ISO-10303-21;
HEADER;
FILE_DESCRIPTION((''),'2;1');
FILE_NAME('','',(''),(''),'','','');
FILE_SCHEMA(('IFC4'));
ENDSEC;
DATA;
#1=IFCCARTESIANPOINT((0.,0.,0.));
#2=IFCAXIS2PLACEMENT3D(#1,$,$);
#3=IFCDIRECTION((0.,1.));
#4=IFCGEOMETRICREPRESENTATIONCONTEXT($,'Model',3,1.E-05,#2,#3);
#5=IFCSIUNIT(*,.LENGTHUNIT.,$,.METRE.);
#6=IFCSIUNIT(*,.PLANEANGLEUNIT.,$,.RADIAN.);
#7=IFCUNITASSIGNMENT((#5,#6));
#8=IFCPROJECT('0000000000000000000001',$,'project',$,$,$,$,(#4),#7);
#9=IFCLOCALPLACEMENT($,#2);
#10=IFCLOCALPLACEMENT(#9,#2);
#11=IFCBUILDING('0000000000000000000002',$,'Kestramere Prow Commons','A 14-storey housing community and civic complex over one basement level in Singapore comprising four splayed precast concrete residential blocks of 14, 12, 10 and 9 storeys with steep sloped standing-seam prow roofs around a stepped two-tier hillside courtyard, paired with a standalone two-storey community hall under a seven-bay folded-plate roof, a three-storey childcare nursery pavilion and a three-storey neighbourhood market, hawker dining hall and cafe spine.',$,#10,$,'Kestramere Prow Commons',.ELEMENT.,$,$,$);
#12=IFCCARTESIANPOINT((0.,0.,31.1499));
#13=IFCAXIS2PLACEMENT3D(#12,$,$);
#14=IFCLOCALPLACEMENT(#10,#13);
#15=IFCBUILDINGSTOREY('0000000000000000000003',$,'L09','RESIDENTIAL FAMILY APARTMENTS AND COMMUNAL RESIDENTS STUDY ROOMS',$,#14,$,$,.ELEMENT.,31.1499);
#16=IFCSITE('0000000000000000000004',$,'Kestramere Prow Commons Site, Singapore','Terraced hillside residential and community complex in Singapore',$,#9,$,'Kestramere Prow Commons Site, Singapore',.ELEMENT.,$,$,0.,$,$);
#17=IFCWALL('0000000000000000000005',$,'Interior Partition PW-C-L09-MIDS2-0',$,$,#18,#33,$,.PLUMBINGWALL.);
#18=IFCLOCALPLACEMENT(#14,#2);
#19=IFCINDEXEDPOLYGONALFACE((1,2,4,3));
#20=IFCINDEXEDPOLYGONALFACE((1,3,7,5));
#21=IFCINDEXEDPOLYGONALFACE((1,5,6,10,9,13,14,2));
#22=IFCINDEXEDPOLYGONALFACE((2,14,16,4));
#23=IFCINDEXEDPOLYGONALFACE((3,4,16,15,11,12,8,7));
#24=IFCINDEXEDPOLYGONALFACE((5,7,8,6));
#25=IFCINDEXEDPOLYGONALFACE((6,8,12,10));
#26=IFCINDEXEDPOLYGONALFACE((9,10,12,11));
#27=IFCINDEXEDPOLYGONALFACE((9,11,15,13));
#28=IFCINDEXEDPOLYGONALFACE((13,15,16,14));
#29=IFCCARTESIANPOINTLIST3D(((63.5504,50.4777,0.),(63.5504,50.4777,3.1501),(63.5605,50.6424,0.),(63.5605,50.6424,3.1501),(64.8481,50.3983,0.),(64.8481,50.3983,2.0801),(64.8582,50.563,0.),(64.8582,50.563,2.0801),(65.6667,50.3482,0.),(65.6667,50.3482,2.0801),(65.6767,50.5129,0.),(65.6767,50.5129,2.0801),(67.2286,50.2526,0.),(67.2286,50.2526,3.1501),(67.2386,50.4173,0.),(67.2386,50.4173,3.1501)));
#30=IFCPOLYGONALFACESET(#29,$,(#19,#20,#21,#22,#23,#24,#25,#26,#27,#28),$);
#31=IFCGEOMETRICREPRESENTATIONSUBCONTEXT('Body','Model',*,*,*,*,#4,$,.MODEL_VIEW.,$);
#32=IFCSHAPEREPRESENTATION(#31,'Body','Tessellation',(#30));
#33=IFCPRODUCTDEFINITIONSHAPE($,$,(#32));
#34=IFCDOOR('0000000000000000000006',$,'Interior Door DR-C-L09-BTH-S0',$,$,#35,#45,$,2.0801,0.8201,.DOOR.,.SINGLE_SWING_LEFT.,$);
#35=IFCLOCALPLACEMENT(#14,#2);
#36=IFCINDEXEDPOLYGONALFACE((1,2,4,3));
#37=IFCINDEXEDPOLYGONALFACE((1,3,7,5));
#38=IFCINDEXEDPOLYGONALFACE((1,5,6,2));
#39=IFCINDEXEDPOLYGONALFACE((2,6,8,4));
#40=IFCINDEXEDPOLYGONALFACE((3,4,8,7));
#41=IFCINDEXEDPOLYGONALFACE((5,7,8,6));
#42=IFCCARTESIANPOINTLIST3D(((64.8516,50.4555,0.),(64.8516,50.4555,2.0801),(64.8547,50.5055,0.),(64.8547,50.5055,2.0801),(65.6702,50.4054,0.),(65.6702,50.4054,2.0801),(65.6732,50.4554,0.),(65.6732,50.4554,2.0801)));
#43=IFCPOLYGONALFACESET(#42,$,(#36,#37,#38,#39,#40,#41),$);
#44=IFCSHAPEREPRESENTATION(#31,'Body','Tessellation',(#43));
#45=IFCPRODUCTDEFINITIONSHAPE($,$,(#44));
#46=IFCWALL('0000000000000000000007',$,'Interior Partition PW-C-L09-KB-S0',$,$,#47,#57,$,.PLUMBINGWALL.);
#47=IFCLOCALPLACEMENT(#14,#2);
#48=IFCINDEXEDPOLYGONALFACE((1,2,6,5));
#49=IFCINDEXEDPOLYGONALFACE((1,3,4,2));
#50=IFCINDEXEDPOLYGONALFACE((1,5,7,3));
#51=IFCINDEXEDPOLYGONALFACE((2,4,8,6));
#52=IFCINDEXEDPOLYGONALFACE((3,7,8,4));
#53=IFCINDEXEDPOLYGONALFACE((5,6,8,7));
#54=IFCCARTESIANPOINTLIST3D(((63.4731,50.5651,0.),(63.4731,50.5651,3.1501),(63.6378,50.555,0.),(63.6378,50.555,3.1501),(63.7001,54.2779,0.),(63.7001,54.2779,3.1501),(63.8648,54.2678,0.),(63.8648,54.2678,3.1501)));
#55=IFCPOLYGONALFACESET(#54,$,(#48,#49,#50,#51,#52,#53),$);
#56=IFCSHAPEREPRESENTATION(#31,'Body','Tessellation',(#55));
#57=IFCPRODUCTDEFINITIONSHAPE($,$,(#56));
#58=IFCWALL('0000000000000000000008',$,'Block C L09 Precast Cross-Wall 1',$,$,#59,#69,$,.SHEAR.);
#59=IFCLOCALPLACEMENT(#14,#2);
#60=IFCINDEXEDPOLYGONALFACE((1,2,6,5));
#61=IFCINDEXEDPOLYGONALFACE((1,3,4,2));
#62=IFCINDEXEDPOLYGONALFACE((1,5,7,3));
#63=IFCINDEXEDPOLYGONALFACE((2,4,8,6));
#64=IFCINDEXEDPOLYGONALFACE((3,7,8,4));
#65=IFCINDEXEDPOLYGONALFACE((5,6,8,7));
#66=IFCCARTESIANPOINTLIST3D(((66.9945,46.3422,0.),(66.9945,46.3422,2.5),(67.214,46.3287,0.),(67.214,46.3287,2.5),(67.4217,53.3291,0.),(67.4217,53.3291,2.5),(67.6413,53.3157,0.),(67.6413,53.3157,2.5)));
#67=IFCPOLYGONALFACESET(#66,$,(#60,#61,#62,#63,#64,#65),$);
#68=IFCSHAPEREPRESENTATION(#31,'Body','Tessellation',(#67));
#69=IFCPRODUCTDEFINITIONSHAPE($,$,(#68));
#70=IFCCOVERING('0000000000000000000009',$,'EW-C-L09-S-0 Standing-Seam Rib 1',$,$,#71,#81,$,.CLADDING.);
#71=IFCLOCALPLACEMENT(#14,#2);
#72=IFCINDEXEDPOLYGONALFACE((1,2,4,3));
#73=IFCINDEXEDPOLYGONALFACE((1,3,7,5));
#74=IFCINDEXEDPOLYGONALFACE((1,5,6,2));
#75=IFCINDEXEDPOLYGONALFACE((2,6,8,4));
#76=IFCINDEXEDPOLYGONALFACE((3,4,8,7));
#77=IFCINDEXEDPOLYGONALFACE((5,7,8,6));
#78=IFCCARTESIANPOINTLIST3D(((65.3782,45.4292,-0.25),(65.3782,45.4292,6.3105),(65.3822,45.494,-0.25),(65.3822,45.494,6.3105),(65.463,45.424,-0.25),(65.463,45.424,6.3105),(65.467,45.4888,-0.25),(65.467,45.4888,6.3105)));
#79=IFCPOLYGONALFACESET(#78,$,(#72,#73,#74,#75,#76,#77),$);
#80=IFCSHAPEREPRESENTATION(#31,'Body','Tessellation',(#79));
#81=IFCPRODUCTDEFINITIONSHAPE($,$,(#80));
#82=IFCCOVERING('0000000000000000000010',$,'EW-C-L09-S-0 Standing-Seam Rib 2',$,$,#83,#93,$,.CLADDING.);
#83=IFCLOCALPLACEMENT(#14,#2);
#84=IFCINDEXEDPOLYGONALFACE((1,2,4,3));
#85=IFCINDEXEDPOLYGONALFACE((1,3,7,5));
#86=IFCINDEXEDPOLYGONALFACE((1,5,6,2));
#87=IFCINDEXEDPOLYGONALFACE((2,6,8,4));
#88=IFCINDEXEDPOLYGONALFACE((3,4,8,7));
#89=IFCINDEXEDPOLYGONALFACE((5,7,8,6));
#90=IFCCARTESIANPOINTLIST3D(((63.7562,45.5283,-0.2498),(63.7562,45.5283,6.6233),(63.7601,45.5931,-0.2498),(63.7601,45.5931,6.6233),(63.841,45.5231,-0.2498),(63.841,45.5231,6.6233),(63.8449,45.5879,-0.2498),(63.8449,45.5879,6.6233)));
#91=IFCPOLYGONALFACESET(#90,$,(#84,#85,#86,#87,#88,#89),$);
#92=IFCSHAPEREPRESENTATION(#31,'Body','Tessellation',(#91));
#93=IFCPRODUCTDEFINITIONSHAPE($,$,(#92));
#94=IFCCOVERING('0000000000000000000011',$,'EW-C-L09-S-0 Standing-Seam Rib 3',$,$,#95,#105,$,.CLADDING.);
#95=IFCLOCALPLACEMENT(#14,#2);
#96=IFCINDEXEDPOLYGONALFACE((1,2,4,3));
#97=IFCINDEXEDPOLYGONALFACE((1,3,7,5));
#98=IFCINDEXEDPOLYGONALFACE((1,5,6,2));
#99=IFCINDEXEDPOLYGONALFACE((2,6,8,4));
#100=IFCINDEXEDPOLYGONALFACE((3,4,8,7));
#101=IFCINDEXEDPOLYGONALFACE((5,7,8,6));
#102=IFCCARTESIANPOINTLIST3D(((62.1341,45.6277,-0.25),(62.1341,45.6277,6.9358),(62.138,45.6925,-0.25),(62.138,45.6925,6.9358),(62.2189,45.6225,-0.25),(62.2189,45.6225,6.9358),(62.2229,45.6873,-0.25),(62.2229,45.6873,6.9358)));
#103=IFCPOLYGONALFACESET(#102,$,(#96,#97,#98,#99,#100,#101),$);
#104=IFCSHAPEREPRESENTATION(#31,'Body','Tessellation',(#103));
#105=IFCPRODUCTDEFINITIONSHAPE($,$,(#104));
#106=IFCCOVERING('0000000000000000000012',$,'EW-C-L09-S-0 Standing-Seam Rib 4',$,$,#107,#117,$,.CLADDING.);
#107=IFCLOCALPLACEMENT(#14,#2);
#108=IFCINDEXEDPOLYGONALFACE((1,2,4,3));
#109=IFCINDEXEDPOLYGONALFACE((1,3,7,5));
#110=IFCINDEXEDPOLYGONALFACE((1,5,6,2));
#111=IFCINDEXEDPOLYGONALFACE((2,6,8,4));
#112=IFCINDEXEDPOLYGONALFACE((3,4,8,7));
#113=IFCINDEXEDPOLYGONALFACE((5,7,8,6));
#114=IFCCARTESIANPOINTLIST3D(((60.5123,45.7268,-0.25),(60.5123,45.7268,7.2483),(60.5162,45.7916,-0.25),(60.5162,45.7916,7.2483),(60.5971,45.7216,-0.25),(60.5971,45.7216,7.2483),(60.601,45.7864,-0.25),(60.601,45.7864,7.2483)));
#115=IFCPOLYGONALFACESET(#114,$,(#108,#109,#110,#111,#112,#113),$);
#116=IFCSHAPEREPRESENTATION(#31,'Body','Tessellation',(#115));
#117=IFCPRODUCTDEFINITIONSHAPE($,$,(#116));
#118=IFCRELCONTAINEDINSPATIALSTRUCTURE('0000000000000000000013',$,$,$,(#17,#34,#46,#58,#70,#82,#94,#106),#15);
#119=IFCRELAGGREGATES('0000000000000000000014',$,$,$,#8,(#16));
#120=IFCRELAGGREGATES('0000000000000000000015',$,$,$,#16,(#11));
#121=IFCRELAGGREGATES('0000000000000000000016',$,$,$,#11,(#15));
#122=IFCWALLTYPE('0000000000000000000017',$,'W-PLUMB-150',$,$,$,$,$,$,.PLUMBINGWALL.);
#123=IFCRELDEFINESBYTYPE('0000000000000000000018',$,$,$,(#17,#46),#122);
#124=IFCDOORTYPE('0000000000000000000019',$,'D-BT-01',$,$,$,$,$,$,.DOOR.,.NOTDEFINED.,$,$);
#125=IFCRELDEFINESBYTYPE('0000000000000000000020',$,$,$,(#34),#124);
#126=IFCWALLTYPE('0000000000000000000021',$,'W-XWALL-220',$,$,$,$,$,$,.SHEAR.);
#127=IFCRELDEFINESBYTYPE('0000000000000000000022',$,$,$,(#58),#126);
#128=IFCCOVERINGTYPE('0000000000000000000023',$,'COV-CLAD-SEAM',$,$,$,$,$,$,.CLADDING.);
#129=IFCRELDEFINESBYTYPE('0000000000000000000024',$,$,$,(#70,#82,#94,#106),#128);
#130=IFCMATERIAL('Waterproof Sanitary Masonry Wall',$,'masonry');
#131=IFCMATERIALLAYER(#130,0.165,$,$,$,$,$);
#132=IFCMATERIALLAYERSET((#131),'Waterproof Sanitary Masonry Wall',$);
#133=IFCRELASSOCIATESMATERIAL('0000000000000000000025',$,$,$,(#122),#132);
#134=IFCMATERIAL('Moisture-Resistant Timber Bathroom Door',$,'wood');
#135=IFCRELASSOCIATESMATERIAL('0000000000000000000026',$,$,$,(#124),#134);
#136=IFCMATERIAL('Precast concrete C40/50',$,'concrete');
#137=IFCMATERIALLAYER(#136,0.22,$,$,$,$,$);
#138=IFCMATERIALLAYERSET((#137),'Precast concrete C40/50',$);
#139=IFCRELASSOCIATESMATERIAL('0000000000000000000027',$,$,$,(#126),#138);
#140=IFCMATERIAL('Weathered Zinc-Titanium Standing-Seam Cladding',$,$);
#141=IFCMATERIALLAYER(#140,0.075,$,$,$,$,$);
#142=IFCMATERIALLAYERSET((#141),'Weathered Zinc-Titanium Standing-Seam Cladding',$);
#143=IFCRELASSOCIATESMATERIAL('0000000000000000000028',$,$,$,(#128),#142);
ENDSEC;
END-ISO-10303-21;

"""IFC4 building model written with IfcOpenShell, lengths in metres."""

from ifc_helpers import new_model, si_unit, direction, frame, frame_2d, origin, origin_2d, place, context, subcontext, project, spatial, rectangle, extrude, material, layer, layer_set, type_object, element, fill, save


model = new_model("IFC4")

# Units and contexts
model_context = context("Model", 3, precision=1e-05, world=origin(), true_north=direction((0.0, 1.0)))
body_context = subcontext(model_context, "Body", "Model", "MODEL_VIEW")
ifc_project = project(units=[si_unit("LENGTHUNIT", "METRE"), si_unit("PLANEANGLEUNIT", "RADIAN")], contexts=[model_context])

# Site, building, storey
site_placement = place(None, origin())
site = spatial("IfcSite", under=ifc_project, at=site_placement, Name="Kestramere Prow Commons Site, Singapore", Description="Terraced hillside residential and community complex in Singapore", LongName="Kestramere Prow Commons Site, Singapore", CompositionType="ELEMENT", RefElevation=0.0)
building_placement = place(site_placement, origin())
building = spatial("IfcBuilding", under=site, at=building_placement, Name="Kestramere Prow Commons", Description="A 14-storey housing community and civic complex over one basement level in Singapore comprising four splayed precast concrete residential blocks of 14, 12, 10 and 9 storeys with steep sloped standing-seam prow roofs around a stepped two-tier hillside courtyard, paired with a standalone two-storey community hall under a seven-bay folded-plate roof, a three-storey childcare nursery pavilion and a three-storey neighbourhood market, hawker dining hall and cafe spine.", LongName="Kestramere Prow Commons", CompositionType="ELEMENT")
storey_placement = place(building_placement, frame((0.0, 0.0, 31.1499)))
storey = spatial("IfcBuildingStorey", under=building, at=storey_placement, Name="L09", Description="RESIDENTIAL FAMILY APARTMENTS AND COMMUNAL RESIDENTS STUDY ROOMS", CompositionType="ELEMENT", Elevation=31.1499)

# Shared definitions
ifc_material_1 = material(Name="Precast concrete C40/50", Category="concrete")

# Wall, opening, door
ifc_material_2 = material(Name="Waterproof Sanitary Masonry Wall", Category="masonry")
ifc_layer_1 = layer(ifc_material_2, 0.165)
ifc_layer_set_1 = layer_set([ifc_layer_1], Name="Waterproof Sanitary Masonry Wall")
wall_type_1 = type_object("IfcWallType", Name="W-PLUMB-150", PredefinedType="PLUMBINGWALL", material=ifc_layer_set_1)
wall_1_placement = place(storey_placement, frame((63.5554, 50.5601, 0.0), z_axis=(0.0, 0.0, 1.0), x_axis=(0.998133, -0.061083, 0.0)))
wall_1 = element("IfcWall", 1, at=wall_1_placement, inside=storey, type_object=wall_type_1, Name="Interior Partition PW-C-L09-MIDS2-0", PredefinedType="PLUMBINGWALL", context=body_context, shape_type="SweptSolid", body=[
    extrude(rectangle(XDim=3.6851, YDim=0.165, at=frame_2d((1.8425, 0.0))), origin(), (0.0, 0.0, 1.0), 3.1501),
])
opening_1_placement = place(wall_1_placement, frame((1.3, 0.0, 0.0)))
opening_1 = element("IfcOpeningElement", 2, at=opening_1_placement, cuts=wall_1, PredefinedType="OPENING", context=body_context, shape_type="SweptSolid", body=[
    extrude(rectangle(XDim=0.8201, YDim=2.0801, at=frame_2d((0.4102, 1.04))), frame((0.0, 0.0974, 0.0), z_axis=(0.0, -1.0, 0.0), x_axis=(1.0, 0.0, 0.0)), (0.0, 0.0, 1.0), 0.1951),
])
ifc_material_3 = material(Name="Moisture-Resistant Timber Bathroom Door", Category="wood")
door_type_1 = type_object("IfcDoorType", Name="D-BT-01", OperationType="NOTDEFINED", PredefinedType="DOOR", material=ifc_material_3)
door_1_placement = place(opening_1_placement, origin())
door_1 = element("IfcDoor", 3, at=door_1_placement, inside=storey, type_object=door_type_1, Name="Interior Door DR-C-L09-BTH-S0", OperationType="SINGLE_SWING_LEFT", OverallHeight=2.0801, OverallWidth=0.8201, PredefinedType="DOOR", context=body_context, shape_type="SweptSolid", body=[
    extrude(rectangle(XDim=0.8201, YDim=2.0801, at=frame_2d((0.4102, 1.04))), frame((0.0, 0.0249, 0.0), z_axis=(0.0, -1.0, 0.0), x_axis=(1.0, 0.0, 0.0)), (0.0, 0.0, 1.0), 0.05),
])
fill(opening_1, door_1)

# Walls
wall_2_placement = place(storey_placement, frame((63.5554, 50.5601, 0.0), z_axis=(0.0, 0.0, 1.0), x_axis=(0.061038, 0.998135, 0.0)))
element("IfcWall", 4, at=wall_2_placement, inside=storey, type_object=wall_type_1, Name="Interior Partition PW-C-L09-KB-S0", PredefinedType="PLUMBINGWALL", context=body_context, shape_type="SweptSolid", body=[
    extrude(rectangle(XDim=3.7197, YDim=0.165, at=frame_2d((1.8599, 0.0))), origin(), (0.0, 0.0, 1.0), 3.1501),
])
ifc_layer_2 = layer(ifc_material_1, 0.22)
ifc_layer_set_2 = layer_set([ifc_layer_2], Name="Precast concrete C40/50")
wall_type_2 = type_object("IfcWallType", Name="W-XWALL-220", PredefinedType="SHEAR", material=ifc_layer_set_2)
wall_3_placement = place(storey_placement, frame((67.1042, 46.3354, 0.0), z_axis=(0.0, 0.0, 1.0), x_axis=(0.061034, 0.998136, 0.0)))
element("IfcWall", 5, at=wall_3_placement, inside=storey, type_object=wall_type_2, Name="Block C L09 Precast Cross-Wall 1", PredefinedType="SHEAR", context=body_context, shape_type="SweptSolid", body=[
    extrude(rectangle(XDim=7.0, YDim=0.22, at=frame_2d((3.5, 0.0))), origin(), (0.0, 0.0, 1.0), 2.5),
])

# Coverings
ifc_material_4 = material(Name="Weathered Zinc-Titanium Standing-Seam Cladding")
ifc_layer_3 = layer(ifc_material_4, 0.075)
ifc_layer_set_3 = layer_set([ifc_layer_3], Name="Weathered Zinc-Titanium Standing-Seam Cladding")
covering_type = type_object("IfcCoveringType", Name="COV-CLAD-SEAM", PredefinedType="CLADDING", material=ifc_layer_set_3)
covering_1_placement = place(storey_placement, frame((65.4226, 45.459, -0.25), z_axis=(0.0, 0.0, 1.0), x_axis=(-0.998135, 0.061049, 0.0)))
element("IfcCovering", 6, at=covering_1_placement, inside=storey, type_object=covering_type, Name="EW-C-L09-S-0 Standing-Seam Rib 1", PredefinedType="CLADDING", context=body_context, shape_type="SweptSolid", body=[
    extrude(rectangle(XDim=0.085, YDim=0.0649, at=origin_2d()), origin(), (0.0, 0.0, 1.0), 6.5605),
])
covering_2_placement = place(storey_placement, frame((63.8005, 45.5581, -0.2498), z_axis=(0.0, 0.0, 1.0), x_axis=(-0.998135, 0.061049, 0.0)))
element("IfcCovering", 7, at=covering_2_placement, inside=storey, type_object=covering_type, Name="EW-C-L09-S-0 Standing-Seam Rib 2", PredefinedType="CLADDING", context=body_context, shape_type="SweptSolid", body=[
    extrude(rectangle(XDim=0.085, YDim=0.0649, at=origin_2d()), origin(), (0.0, 0.0, 1.0), 6.873),
])
covering_3_placement = place(storey_placement, frame((62.1785, 45.6575, -0.25), z_axis=(0.0, 0.0, 1.0), x_axis=(-0.998135, 0.061049, 0.0)))
element("IfcCovering", 8, at=covering_3_placement, inside=storey, type_object=covering_type, Name="EW-C-L09-S-0 Standing-Seam Rib 3", PredefinedType="CLADDING", context=body_context, shape_type="SweptSolid", body=[
    extrude(rectangle(XDim=0.085, YDim=0.0649, at=origin_2d()), origin(), (0.0, 0.0, 1.0), 7.1858),
])
covering_4_placement = place(storey_placement, frame((60.5566, 45.7566, -0.25), z_axis=(0.0, 0.0, 1.0), x_axis=(-0.998135, 0.061049, 0.0)))
element("IfcCovering", 9, at=covering_4_placement, inside=storey, type_object=covering_type, Name="EW-C-L09-S-0 Standing-Seam Rib 4", PredefinedType="CLADDING", context=body_context, shape_type="SweptSolid", body=[
    extrude(rectangle(XDim=0.085, YDim=0.0649, at=origin_2d()), origin(), (0.0, 0.0, 1.0), 7.4983),
])

save(model, "model.ifc")
